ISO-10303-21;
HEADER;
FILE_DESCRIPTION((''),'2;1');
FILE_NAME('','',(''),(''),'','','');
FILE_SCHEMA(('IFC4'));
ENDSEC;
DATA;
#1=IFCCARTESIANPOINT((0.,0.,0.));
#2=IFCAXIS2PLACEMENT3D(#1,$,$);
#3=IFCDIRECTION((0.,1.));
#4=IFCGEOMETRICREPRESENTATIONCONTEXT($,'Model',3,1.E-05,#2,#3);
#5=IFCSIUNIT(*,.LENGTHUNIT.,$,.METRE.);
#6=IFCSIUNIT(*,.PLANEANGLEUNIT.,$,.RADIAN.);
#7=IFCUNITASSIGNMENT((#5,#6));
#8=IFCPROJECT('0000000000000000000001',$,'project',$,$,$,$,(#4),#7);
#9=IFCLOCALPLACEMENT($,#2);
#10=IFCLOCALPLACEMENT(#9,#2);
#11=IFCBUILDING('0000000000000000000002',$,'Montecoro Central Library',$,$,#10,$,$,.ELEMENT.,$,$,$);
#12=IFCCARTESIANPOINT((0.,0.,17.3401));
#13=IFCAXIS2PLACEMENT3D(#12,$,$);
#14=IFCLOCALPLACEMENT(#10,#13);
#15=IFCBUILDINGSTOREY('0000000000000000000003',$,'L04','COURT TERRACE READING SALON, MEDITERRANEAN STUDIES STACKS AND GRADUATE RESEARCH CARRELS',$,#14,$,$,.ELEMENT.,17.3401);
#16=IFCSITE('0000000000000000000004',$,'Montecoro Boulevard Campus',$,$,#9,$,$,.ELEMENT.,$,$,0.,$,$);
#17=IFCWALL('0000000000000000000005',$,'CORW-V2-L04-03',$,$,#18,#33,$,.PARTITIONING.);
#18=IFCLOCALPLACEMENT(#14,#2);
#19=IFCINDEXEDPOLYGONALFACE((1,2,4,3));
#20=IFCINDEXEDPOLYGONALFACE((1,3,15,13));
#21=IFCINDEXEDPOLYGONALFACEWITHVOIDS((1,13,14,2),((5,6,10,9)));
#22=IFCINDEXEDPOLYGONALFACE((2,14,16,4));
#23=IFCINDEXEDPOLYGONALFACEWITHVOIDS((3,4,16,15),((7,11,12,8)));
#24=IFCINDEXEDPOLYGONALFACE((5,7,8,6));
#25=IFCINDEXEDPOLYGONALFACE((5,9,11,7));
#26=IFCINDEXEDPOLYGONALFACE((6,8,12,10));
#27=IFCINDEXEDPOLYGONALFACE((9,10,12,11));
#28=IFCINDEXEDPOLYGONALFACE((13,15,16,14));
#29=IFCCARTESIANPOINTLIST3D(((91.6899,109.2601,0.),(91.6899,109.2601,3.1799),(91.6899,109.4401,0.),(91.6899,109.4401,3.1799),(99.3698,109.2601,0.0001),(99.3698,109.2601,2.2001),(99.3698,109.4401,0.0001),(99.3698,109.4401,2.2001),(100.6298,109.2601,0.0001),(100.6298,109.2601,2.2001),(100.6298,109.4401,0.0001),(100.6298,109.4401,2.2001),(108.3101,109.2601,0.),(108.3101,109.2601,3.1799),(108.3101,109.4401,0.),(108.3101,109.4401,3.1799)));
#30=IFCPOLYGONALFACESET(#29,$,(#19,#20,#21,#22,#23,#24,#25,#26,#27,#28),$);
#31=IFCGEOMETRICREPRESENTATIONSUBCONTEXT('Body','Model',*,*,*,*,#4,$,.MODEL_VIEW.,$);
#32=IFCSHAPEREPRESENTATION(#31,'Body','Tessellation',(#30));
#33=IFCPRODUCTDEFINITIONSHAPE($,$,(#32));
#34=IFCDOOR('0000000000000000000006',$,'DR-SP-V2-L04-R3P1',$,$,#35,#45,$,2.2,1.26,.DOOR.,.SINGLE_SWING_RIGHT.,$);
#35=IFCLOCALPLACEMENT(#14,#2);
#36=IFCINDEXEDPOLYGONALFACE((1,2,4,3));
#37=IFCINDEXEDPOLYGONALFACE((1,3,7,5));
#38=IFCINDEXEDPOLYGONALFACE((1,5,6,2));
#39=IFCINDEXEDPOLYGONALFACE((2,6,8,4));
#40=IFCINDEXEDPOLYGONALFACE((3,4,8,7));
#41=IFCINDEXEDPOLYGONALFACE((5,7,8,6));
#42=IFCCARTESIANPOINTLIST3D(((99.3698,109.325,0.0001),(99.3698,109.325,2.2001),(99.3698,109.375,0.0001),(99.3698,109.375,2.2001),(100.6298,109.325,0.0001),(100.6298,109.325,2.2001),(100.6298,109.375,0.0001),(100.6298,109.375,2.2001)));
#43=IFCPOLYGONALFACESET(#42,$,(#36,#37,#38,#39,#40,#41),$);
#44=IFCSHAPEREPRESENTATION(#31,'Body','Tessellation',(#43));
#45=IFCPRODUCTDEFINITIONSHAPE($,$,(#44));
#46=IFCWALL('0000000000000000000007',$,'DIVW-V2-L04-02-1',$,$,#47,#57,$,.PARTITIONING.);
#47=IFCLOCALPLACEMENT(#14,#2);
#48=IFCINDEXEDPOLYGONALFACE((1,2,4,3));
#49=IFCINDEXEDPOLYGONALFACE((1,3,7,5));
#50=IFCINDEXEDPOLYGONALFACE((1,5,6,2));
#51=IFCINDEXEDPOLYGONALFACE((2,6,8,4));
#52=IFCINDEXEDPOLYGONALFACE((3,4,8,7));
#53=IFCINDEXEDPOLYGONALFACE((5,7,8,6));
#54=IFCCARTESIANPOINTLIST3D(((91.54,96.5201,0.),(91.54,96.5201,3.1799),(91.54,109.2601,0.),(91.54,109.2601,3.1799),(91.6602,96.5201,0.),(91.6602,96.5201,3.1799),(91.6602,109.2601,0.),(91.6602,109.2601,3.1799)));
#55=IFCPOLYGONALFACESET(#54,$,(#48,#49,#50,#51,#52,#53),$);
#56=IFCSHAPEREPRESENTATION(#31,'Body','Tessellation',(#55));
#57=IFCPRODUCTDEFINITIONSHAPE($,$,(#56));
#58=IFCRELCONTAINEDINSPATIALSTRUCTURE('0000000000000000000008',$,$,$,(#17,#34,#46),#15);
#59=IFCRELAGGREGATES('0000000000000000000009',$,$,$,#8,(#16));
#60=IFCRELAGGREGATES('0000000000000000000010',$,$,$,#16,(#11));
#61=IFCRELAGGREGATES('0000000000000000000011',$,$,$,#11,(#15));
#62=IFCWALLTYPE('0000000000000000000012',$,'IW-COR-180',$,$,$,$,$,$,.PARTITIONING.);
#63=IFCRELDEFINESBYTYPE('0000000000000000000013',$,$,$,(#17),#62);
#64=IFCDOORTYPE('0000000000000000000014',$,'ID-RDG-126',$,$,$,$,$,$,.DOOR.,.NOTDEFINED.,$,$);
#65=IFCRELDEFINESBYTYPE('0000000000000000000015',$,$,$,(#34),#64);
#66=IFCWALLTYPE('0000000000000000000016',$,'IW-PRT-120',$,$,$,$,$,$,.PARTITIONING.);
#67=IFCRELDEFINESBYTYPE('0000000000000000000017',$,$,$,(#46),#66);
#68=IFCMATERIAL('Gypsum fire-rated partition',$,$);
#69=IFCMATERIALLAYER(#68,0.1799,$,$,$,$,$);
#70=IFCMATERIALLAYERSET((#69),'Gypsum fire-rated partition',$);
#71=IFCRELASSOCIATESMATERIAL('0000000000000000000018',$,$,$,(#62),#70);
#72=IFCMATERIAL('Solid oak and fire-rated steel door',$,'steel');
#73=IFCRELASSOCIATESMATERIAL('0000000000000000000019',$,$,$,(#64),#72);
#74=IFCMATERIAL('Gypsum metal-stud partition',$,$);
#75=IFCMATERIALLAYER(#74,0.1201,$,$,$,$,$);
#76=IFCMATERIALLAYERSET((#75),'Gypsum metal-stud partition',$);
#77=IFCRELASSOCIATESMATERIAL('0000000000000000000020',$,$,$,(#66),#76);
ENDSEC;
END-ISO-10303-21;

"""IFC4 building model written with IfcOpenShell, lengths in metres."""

from ifc_helpers import new_model, si_unit, direction, frame, frame_2d, origin, place, context, subcontext, project, spatial, rectangle, extrude, material, layer, layer_set, type_object, element, fill, save


model = new_model("IFC4")

# Units and contexts
model_context = context("Model", 3, precision=1e-05, world=origin(), true_north=direction((0.0, 1.0)))
body_context = subcontext(model_context, "Body", "Model", "MODEL_VIEW")
ifc_project = project(units=[si_unit("LENGTHUNIT", "METRE"), si_unit("PLANEANGLEUNIT", "RADIAN")], contexts=[model_context])

# Site, building, storey
site_placement = place(None, origin())
site = spatial("IfcSite", under=ifc_project, at=site_placement, Name="Montecoro Boulevard Campus", CompositionType="ELEMENT", RefElevation=0.0)
building_placement = place(site_placement, origin())
building = spatial("IfcBuilding", under=site, at=building_placement, Name="Montecoro Central Library", CompositionType="ELEMENT")
storey_placement = place(building_placement, frame((0.0, 0.0, 17.3401)))
storey = spatial("IfcBuildingStorey", under=building, at=storey_placement, Name="L04", Description="COURT TERRACE READING SALON, MEDITERRANEAN STUDIES STACKS AND GRADUATE RESEARCH CARRELS", CompositionType="ELEMENT", Elevation=17.3401)

# Wall, opening, door
ifc_material_1 = material(Name="Gypsum fire-rated partition")
ifc_layer_1 = layer(ifc_material_1, 0.1799)
ifc_layer_set_1 = layer_set([ifc_layer_1], Name="Gypsum fire-rated partition")
wall_type_1 = type_object("IfcWallType", Name="IW-COR-180", PredefinedType="PARTITIONING", material=ifc_layer_set_1)
wall_1_placement = place(storey_placement, frame((91.6899, 109.3501, 0.0), z_axis=(0.0, 0.0, 1.0), x_axis=(1.0, 0.0, 0.0)))
wall_1 = element("IfcWall", 1, at=wall_1_placement, inside=storey, type_object=wall_type_1, Name="CORW-V2-L04-03", PredefinedType="PARTITIONING", context=body_context, shape_type="SweptSolid", body=[
    extrude(rectangle(XDim=16.6201, YDim=0.1799, at=frame_2d((8.3101, 0.0))), origin(), (0.0, 0.0, 1.0), 3.1799),
])
opening_1_placement = place(wall_1_placement, frame((7.6799, 0.0, 0.0)))
opening_1 = element("IfcOpeningElement", 2, at=opening_1_placement, cuts=wall_1, PredefinedType="OPENING", context=body_context, shape_type="SweptSolid", body=[
    extrude(rectangle(XDim=1.26, YDim=2.2, at=frame_2d((0.6299, 1.1001))), frame((0.0, 0.0999, 0.0), z_axis=(0.0, -1.0, 0.0), x_axis=(1.0, 0.0, 0.0)), (0.0, 0.0, 1.0), 0.2),
])
ifc_material_2 = material(Name="Solid oak and fire-rated steel door", Category="steel")
door_type_1 = type_object("IfcDoorType", Name="ID-RDG-126", OperationType="NOTDEFINED", PredefinedType="DOOR", material=ifc_material_2)
door_1_placement = place(opening_1_placement, origin())
door_1 = element("IfcDoor", 3, at=door_1_placement, inside=storey, type_object=door_type_1, Name="DR-SP-V2-L04-R3P1", OperationType="SINGLE_SWING_RIGHT", OverallHeight=2.2, OverallWidth=1.26, PredefinedType="DOOR", context=body_context, shape_type="SweptSolid", body=[
    extrude(rectangle(XDim=1.26, YDim=2.2, at=frame_2d((0.6299, 1.1001))), frame((0.0, 0.0249, 0.0), z_axis=(0.0, -1.0, 0.0), x_axis=(1.0, 0.0, 0.0)), (0.0, 0.0, 1.0), 0.05),
])
fill(opening_1, door_1)

# Wall
ifc_material_3 = material(Name="Gypsum metal-stud partition")
ifc_layer_2 = layer(ifc_material_3, 0.1201)
ifc_layer_set_2 = layer_set([ifc_layer_2], Name="Gypsum metal-stud partition")
wall_type_2 = type_object("IfcWallType", Name="IW-PRT-120", PredefinedType="PARTITIONING", material=ifc_layer_set_2)
wall_2_placement = place(storey_placement, frame((91.6001, 96.52, 0.0), z_axis=(0.0, 0.0, 1.0), x_axis=(0.0, 1.0, 0.0)))
element("IfcWall", 4, at=wall_2_placement, inside=storey, type_object=wall_type_2, Name="DIVW-V2-L04-02-1", PredefinedType="PARTITIONING", context=body_context, shape_type="SweptSolid", body=[
    extrude(rectangle(XDim=12.74, YDim=0.1201, at=frame_2d((6.3701, 0.0))), origin(), (0.0, 0.0, 1.0), 3.1799),
])

save(model, "model.ifc")
